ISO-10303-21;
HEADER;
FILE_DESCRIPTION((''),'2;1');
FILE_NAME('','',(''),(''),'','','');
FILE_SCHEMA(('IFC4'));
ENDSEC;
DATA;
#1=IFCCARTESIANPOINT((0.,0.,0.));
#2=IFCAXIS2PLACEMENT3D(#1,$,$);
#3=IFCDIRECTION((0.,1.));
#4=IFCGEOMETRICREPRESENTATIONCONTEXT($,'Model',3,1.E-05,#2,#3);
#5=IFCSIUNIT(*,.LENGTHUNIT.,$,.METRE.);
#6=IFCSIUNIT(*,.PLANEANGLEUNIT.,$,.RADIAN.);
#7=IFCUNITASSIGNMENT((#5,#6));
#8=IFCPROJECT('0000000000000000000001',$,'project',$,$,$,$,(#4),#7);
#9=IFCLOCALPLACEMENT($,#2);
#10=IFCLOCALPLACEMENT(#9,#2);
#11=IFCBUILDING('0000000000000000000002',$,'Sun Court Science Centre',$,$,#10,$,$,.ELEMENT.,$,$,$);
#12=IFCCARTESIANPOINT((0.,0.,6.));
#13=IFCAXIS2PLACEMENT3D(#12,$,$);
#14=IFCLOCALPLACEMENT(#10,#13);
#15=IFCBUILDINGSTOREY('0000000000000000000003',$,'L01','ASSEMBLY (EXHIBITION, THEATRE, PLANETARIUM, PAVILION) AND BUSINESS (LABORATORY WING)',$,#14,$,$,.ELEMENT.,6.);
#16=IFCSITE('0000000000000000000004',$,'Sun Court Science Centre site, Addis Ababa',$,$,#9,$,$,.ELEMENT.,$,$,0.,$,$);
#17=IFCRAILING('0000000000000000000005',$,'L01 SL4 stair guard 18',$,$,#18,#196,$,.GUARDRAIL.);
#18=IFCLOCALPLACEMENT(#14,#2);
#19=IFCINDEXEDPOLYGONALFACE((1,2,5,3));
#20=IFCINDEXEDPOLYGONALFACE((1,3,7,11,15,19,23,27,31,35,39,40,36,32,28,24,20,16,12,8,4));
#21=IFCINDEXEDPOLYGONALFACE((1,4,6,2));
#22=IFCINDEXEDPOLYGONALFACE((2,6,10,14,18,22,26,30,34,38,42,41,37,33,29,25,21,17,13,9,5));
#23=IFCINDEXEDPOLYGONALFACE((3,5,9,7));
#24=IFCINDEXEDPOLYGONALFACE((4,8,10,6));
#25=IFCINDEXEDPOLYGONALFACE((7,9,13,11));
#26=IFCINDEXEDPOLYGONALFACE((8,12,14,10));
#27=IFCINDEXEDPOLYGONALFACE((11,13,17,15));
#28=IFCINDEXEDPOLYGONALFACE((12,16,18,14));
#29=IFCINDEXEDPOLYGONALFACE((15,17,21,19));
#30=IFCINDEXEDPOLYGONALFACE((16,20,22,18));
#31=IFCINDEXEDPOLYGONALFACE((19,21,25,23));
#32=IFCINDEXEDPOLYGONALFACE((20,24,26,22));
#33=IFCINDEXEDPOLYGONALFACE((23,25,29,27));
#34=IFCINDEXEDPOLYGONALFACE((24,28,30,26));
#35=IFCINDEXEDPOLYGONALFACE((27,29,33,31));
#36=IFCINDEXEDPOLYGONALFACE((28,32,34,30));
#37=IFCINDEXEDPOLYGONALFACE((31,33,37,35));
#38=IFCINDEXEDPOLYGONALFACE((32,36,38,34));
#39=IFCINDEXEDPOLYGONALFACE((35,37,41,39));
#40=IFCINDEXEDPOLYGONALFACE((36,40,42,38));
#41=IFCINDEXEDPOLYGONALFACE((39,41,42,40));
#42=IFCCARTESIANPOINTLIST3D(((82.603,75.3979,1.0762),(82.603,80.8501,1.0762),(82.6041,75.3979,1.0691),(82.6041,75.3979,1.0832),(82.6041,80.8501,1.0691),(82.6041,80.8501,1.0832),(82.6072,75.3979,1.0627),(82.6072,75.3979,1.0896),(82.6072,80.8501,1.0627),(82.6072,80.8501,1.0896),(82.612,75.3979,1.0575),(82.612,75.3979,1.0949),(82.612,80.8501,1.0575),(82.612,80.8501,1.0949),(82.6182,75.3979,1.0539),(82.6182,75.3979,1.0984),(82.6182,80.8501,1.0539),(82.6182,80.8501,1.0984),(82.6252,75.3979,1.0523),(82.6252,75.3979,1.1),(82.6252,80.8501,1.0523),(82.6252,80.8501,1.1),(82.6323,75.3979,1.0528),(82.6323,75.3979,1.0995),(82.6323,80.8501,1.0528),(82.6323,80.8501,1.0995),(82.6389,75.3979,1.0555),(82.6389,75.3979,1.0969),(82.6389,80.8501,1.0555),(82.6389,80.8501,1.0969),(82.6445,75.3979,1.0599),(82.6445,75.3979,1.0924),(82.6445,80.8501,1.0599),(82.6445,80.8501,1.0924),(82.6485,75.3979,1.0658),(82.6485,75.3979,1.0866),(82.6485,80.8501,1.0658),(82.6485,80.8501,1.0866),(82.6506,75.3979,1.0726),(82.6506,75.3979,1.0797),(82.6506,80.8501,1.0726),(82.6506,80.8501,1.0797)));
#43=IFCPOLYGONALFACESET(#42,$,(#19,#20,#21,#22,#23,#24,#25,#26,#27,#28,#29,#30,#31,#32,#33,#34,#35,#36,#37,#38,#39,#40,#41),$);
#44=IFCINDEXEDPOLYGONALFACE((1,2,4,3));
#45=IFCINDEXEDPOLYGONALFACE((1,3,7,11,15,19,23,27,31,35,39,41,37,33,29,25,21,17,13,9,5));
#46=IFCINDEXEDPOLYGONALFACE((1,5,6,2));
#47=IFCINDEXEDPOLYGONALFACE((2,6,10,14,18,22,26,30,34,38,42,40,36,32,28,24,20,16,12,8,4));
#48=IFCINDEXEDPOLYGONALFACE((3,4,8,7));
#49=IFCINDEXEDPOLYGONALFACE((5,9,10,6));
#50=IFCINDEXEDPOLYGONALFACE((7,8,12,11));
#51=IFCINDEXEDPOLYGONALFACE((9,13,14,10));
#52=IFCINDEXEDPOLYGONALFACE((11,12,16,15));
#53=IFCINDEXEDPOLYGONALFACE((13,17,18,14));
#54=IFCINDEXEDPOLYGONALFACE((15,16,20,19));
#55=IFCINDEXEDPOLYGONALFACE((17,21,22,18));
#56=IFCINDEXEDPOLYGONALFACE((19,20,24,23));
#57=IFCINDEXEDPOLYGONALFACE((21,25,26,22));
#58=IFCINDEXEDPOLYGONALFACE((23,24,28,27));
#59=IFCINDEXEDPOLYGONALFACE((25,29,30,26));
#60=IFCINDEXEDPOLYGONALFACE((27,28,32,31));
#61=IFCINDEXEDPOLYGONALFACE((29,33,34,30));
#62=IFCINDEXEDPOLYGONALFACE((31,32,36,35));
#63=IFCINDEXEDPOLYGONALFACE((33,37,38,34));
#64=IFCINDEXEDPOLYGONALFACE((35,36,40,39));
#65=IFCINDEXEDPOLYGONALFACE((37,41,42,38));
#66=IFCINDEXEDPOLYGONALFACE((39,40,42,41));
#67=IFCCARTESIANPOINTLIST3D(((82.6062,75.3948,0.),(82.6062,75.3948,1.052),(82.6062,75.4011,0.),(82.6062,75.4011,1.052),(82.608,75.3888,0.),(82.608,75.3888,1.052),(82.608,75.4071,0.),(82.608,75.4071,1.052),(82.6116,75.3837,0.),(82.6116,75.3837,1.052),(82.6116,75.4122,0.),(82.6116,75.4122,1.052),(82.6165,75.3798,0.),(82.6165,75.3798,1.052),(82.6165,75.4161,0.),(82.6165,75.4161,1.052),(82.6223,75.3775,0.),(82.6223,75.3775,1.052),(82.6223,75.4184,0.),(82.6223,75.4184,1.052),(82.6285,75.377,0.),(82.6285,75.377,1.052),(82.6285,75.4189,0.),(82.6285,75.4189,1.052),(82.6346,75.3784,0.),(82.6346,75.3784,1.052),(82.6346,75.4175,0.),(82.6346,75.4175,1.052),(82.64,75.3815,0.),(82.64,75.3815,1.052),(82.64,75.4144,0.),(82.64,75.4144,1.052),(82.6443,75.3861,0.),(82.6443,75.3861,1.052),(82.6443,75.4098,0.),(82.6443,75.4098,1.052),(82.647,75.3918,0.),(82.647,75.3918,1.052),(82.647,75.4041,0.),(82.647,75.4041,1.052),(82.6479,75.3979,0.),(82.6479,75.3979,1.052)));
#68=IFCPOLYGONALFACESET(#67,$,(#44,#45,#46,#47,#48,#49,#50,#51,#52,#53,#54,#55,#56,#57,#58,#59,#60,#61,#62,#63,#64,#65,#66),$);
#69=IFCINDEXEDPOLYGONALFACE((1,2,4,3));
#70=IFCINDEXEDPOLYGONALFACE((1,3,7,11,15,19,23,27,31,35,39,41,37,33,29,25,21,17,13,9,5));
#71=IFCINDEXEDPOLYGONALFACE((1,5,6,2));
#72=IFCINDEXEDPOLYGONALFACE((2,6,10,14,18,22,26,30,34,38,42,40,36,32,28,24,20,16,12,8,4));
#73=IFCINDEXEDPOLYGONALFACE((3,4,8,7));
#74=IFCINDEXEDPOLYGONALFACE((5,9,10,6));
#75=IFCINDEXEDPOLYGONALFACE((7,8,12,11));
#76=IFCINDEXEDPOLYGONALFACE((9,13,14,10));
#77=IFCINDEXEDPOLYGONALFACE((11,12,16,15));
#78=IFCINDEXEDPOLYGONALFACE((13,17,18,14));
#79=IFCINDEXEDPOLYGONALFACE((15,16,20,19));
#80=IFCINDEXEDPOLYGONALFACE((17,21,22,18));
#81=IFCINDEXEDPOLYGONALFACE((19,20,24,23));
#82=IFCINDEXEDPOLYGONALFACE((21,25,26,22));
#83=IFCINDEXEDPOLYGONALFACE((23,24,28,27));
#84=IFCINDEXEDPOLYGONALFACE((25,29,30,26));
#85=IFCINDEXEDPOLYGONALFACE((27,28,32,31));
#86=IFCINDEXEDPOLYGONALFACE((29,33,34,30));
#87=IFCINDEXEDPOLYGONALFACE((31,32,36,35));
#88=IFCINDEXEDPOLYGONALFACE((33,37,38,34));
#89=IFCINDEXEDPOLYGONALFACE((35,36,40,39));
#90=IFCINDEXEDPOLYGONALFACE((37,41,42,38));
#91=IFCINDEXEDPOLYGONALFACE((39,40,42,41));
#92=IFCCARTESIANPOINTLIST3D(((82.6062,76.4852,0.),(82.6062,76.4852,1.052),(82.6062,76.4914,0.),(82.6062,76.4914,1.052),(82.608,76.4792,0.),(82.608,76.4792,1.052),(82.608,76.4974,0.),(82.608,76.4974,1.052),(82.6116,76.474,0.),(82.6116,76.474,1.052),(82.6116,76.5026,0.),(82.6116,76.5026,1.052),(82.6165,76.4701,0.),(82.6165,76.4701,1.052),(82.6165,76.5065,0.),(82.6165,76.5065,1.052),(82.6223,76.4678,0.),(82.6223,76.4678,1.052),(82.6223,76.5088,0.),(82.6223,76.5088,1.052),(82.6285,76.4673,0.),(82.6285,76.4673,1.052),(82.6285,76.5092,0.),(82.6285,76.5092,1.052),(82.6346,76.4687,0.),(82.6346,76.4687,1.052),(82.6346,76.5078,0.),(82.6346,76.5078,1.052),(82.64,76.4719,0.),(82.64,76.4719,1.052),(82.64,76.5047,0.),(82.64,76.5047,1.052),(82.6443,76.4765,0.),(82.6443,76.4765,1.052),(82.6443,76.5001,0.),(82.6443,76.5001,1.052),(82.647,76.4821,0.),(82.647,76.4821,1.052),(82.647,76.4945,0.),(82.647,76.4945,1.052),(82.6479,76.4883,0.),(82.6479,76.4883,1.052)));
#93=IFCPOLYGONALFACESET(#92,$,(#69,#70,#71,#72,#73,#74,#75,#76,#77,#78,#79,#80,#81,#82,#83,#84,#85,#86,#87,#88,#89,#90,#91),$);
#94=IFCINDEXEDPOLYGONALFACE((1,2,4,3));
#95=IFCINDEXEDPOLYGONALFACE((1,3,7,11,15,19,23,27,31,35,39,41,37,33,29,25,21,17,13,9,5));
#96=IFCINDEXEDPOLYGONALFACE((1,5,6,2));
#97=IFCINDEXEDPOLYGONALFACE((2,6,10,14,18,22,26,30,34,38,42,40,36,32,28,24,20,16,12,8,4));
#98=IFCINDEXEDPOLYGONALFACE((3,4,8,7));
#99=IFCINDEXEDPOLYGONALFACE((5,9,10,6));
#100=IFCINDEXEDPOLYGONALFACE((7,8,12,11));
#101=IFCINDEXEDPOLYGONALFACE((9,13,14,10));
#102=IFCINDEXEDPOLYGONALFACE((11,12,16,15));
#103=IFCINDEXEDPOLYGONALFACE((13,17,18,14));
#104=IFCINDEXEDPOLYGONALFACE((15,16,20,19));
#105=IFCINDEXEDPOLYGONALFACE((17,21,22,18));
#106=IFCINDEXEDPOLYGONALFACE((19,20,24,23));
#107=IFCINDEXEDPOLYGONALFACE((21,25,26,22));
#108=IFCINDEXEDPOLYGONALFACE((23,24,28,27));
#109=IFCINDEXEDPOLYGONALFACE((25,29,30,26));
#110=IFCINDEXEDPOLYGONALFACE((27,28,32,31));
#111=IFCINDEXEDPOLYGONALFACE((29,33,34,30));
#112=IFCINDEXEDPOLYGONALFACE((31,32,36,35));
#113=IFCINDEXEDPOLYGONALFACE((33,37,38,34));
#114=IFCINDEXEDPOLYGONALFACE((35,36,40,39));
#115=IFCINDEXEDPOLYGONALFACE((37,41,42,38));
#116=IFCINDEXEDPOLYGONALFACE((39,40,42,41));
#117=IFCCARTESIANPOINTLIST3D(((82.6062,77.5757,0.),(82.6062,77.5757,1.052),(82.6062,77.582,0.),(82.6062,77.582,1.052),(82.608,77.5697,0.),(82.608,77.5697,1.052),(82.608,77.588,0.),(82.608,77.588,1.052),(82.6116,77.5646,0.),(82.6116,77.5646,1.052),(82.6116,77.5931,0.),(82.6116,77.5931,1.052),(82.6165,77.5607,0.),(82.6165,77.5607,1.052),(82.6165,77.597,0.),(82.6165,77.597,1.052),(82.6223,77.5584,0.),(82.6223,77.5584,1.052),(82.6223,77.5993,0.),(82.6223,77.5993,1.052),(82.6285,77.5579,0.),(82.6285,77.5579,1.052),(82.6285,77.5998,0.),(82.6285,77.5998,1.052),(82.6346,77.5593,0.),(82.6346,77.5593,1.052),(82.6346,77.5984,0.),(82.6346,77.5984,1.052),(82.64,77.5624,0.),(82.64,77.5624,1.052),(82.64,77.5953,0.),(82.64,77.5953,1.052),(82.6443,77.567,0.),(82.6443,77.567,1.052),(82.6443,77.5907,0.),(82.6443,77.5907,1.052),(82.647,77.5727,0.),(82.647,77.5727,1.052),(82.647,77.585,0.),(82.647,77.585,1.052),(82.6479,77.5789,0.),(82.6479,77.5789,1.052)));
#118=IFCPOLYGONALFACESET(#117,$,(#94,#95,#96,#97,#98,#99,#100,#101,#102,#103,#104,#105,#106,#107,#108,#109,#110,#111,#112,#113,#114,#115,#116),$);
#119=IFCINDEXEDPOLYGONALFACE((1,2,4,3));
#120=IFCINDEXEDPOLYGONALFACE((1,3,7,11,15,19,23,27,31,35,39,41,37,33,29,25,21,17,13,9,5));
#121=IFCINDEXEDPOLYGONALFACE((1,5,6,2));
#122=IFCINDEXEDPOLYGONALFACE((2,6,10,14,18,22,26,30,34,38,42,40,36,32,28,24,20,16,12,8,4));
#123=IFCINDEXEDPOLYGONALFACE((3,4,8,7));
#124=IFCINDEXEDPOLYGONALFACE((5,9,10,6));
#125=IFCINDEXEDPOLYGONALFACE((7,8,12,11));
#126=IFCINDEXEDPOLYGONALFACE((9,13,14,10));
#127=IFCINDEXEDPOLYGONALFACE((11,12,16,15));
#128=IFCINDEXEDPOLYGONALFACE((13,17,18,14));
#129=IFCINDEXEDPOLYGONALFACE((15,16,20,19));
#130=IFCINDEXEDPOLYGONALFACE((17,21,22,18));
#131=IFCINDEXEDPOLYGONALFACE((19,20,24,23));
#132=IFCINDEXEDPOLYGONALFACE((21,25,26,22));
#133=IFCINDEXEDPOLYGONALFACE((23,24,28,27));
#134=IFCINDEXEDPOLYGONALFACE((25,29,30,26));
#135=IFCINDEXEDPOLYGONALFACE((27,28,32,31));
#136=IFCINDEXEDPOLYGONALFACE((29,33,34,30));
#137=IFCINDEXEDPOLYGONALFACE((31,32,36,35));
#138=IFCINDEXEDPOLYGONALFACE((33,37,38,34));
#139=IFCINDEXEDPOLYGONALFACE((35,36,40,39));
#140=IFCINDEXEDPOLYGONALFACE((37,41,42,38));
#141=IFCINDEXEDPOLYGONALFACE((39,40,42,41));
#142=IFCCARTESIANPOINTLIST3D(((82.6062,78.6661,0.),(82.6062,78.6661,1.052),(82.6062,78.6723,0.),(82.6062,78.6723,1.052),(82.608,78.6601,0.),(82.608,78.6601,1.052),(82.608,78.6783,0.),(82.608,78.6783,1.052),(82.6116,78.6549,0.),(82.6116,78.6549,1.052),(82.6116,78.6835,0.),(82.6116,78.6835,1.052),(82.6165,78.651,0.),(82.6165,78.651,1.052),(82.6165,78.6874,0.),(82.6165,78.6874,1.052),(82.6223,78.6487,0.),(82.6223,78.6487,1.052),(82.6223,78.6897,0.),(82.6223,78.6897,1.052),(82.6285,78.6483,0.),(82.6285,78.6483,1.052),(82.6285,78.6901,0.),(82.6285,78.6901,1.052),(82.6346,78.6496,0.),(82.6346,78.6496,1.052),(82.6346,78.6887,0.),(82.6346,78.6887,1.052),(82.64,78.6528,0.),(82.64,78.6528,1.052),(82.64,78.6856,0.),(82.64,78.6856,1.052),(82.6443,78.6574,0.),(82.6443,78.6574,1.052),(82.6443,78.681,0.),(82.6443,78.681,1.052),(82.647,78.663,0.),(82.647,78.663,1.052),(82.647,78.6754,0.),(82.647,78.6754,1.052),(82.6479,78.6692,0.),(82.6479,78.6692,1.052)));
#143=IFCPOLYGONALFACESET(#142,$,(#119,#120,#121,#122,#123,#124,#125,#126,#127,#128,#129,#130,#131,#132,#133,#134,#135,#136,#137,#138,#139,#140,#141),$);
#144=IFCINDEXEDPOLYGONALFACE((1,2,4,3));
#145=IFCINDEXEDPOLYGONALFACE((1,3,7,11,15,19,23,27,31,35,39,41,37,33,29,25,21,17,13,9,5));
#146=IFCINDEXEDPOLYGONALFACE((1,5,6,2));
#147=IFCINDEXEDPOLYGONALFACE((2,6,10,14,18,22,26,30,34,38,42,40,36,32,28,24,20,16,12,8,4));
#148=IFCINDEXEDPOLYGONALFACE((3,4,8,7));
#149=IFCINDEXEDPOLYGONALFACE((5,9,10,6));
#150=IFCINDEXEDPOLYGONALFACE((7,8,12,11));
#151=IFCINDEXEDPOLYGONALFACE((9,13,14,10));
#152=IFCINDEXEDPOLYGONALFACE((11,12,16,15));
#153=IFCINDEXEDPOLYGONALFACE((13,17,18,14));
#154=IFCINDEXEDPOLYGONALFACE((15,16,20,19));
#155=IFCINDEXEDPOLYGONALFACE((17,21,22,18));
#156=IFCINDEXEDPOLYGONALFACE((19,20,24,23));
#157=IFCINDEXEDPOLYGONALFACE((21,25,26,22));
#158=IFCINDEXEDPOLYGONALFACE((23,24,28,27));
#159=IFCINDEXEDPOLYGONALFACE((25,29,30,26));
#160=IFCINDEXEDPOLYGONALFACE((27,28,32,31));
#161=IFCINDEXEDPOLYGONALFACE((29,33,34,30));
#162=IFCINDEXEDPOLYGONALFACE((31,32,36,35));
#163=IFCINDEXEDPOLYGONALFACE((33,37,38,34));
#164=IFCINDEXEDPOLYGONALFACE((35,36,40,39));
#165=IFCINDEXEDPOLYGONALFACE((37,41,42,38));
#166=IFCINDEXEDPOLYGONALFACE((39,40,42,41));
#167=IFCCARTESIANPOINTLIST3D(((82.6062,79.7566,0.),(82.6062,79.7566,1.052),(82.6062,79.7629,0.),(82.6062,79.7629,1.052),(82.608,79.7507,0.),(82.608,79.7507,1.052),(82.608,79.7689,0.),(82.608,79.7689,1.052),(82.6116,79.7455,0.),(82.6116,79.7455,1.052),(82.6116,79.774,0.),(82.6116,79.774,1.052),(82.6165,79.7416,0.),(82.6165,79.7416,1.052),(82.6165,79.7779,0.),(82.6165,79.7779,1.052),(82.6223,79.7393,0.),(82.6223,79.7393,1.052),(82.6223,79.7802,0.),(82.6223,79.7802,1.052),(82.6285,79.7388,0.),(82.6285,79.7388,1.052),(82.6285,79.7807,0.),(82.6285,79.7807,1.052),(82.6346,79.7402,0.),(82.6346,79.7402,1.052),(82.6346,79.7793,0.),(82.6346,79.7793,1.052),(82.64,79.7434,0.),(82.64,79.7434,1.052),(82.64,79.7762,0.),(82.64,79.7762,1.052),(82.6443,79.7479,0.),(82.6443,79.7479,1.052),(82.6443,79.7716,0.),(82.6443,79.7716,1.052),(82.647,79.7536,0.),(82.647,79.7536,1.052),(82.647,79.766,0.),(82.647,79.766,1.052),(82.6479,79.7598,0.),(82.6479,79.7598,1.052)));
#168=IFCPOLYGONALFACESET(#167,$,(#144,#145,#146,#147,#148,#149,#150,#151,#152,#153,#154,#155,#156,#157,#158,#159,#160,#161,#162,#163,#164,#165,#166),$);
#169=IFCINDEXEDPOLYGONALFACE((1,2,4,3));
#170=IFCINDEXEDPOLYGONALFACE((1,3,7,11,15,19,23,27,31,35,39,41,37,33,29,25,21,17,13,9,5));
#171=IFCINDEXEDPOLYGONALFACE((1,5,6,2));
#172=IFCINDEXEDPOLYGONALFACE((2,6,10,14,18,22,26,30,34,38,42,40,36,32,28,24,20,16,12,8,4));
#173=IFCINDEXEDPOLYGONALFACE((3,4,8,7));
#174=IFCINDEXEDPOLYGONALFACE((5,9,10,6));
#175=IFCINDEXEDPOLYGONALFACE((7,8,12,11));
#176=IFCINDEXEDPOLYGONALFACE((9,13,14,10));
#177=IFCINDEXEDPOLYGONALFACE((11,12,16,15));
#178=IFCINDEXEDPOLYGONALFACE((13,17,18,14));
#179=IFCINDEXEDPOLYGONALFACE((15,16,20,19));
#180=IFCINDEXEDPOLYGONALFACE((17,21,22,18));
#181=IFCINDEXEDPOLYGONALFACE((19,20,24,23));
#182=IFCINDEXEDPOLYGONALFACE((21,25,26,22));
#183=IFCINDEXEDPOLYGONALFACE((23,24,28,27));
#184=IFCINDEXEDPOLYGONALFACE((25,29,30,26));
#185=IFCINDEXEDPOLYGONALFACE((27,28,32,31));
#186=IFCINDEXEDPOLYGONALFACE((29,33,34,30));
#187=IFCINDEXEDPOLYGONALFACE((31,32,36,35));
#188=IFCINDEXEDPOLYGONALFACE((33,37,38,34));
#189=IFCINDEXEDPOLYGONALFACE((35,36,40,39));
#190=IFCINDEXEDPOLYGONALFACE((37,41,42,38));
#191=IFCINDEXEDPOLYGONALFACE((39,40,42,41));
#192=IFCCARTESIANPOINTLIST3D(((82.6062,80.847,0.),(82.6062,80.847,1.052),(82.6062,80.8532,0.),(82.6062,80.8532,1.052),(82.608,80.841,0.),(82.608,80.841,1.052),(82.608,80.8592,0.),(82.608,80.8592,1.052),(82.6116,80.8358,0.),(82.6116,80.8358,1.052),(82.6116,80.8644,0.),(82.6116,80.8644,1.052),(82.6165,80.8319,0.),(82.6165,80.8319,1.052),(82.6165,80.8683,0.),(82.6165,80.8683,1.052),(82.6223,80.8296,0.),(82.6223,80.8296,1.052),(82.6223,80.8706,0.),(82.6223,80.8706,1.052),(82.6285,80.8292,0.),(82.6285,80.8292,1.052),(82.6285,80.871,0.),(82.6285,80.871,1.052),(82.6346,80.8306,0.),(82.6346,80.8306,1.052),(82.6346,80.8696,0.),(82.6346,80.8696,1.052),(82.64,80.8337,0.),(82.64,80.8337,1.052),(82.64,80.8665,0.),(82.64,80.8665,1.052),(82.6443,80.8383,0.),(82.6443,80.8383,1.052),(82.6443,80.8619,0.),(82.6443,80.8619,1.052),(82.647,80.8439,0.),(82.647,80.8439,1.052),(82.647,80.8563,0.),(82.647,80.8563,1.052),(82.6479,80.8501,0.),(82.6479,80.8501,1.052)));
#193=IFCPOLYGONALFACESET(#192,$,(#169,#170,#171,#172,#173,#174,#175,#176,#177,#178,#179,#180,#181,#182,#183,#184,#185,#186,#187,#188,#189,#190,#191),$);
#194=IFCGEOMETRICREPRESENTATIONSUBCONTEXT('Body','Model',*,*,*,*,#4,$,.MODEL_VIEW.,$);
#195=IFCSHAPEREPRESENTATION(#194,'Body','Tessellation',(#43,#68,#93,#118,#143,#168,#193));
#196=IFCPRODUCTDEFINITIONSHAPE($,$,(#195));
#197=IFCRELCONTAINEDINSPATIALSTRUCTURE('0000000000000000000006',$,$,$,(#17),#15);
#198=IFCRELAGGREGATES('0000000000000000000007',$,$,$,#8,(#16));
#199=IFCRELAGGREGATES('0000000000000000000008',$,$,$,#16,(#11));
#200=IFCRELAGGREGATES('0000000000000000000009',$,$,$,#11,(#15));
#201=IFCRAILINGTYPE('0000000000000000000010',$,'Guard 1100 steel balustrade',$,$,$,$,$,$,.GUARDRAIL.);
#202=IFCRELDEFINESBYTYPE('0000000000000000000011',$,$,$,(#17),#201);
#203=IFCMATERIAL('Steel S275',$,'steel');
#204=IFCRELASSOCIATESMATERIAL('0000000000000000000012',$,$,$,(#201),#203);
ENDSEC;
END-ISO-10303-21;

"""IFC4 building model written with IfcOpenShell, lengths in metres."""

from ifc_helpers import new_model, si_unit, direction, frame, origin, origin_2d, place, context, subcontext, project, spatial, circle, extrude, material, type_object, element, save


model = new_model("IFC4")

# Units and contexts
model_context = context("Model", 3, precision=1e-05, world=origin(), true_north=direction((0.0, 1.0)))
body_context = subcontext(model_context, "Body", "Model", "MODEL_VIEW")
ifc_project = project(units=[si_unit("LENGTHUNIT", "METRE"), si_unit("PLANEANGLEUNIT", "RADIAN")], contexts=[model_context])

# Site, building, storey
site_placement = place(None, origin())
site = spatial("IfcSite", under=ifc_project, at=site_placement, Name="Sun Court Science Centre site, Addis Ababa", CompositionType="ELEMENT", RefElevation=0.0)
building_placement = place(site_placement, origin())
building = spatial("IfcBuilding", under=site, at=building_placement, Name="Sun Court Science Centre", CompositionType="ELEMENT")
storey_placement = place(building_placement, frame((0.0, 0.0, 6.0)))
storey = spatial("IfcBuildingStorey", under=building, at=storey_placement, Name="L01", Description="ASSEMBLY (EXHIBITION, THEATRE, PLANETARIUM, PAVILION) AND BUSINESS (LABORATORY WING)", CompositionType="ELEMENT", Elevation=6.0)

# Railing
ifc_material_1 = material(Name="Steel S275", Category="steel")
railing_type_1 = type_object("IfcRailingType", Name="Guard 1100 steel balustrade", PredefinedType="GUARDRAIL", material=ifc_material_1)
railing_1_placement = place(storey_placement, frame((82.627, 75.3979, 0.0)))
element("IfcRailing", 1, at=railing_1_placement, inside=storey, type_object=railing_type_1, Name="L01 SL4 stair guard 18", PredefinedType="GUARDRAIL", context=body_context, shape_type="SweptSolid", body=[
    extrude(circle(Radius=0.0239, at=origin_2d()), frame((0.0, 0.0, 1.0762), z_axis=(0.0, 1.0, 0.0), x_axis=(-1.0, 0.0, 0.0)), (0.0, 0.0, 1.0), 5.4521),
    extrude(circle(Radius=0.021, at=origin_2d()), origin(), (0.0, 0.0, 1.0), 1.052),
    extrude(circle(Radius=0.021, at=origin_2d()), frame((0.0, 1.0903, 0.0)), (0.0, 0.0, 1.0), 1.052),
    extrude(circle(Radius=0.021, at=origin_2d()), frame((0.0, 2.1809, 0.0)), (0.0, 0.0, 1.0), 1.052),
    extrude(circle(Radius=0.021, at=origin_2d()), frame((0.0, 3.2712, 0.0)), (0.0, 0.0, 1.0), 1.052),
    extrude(circle(Radius=0.021, at=origin_2d()), frame((0.0, 4.3618, 0.0)), (0.0, 0.0, 1.0), 1.052),
    extrude(circle(Radius=0.021, at=origin_2d()), frame((0.0, 5.4521, 0.0)), (0.0, 0.0, 1.0), 1.052),
])

save(model, "model.ifc")
